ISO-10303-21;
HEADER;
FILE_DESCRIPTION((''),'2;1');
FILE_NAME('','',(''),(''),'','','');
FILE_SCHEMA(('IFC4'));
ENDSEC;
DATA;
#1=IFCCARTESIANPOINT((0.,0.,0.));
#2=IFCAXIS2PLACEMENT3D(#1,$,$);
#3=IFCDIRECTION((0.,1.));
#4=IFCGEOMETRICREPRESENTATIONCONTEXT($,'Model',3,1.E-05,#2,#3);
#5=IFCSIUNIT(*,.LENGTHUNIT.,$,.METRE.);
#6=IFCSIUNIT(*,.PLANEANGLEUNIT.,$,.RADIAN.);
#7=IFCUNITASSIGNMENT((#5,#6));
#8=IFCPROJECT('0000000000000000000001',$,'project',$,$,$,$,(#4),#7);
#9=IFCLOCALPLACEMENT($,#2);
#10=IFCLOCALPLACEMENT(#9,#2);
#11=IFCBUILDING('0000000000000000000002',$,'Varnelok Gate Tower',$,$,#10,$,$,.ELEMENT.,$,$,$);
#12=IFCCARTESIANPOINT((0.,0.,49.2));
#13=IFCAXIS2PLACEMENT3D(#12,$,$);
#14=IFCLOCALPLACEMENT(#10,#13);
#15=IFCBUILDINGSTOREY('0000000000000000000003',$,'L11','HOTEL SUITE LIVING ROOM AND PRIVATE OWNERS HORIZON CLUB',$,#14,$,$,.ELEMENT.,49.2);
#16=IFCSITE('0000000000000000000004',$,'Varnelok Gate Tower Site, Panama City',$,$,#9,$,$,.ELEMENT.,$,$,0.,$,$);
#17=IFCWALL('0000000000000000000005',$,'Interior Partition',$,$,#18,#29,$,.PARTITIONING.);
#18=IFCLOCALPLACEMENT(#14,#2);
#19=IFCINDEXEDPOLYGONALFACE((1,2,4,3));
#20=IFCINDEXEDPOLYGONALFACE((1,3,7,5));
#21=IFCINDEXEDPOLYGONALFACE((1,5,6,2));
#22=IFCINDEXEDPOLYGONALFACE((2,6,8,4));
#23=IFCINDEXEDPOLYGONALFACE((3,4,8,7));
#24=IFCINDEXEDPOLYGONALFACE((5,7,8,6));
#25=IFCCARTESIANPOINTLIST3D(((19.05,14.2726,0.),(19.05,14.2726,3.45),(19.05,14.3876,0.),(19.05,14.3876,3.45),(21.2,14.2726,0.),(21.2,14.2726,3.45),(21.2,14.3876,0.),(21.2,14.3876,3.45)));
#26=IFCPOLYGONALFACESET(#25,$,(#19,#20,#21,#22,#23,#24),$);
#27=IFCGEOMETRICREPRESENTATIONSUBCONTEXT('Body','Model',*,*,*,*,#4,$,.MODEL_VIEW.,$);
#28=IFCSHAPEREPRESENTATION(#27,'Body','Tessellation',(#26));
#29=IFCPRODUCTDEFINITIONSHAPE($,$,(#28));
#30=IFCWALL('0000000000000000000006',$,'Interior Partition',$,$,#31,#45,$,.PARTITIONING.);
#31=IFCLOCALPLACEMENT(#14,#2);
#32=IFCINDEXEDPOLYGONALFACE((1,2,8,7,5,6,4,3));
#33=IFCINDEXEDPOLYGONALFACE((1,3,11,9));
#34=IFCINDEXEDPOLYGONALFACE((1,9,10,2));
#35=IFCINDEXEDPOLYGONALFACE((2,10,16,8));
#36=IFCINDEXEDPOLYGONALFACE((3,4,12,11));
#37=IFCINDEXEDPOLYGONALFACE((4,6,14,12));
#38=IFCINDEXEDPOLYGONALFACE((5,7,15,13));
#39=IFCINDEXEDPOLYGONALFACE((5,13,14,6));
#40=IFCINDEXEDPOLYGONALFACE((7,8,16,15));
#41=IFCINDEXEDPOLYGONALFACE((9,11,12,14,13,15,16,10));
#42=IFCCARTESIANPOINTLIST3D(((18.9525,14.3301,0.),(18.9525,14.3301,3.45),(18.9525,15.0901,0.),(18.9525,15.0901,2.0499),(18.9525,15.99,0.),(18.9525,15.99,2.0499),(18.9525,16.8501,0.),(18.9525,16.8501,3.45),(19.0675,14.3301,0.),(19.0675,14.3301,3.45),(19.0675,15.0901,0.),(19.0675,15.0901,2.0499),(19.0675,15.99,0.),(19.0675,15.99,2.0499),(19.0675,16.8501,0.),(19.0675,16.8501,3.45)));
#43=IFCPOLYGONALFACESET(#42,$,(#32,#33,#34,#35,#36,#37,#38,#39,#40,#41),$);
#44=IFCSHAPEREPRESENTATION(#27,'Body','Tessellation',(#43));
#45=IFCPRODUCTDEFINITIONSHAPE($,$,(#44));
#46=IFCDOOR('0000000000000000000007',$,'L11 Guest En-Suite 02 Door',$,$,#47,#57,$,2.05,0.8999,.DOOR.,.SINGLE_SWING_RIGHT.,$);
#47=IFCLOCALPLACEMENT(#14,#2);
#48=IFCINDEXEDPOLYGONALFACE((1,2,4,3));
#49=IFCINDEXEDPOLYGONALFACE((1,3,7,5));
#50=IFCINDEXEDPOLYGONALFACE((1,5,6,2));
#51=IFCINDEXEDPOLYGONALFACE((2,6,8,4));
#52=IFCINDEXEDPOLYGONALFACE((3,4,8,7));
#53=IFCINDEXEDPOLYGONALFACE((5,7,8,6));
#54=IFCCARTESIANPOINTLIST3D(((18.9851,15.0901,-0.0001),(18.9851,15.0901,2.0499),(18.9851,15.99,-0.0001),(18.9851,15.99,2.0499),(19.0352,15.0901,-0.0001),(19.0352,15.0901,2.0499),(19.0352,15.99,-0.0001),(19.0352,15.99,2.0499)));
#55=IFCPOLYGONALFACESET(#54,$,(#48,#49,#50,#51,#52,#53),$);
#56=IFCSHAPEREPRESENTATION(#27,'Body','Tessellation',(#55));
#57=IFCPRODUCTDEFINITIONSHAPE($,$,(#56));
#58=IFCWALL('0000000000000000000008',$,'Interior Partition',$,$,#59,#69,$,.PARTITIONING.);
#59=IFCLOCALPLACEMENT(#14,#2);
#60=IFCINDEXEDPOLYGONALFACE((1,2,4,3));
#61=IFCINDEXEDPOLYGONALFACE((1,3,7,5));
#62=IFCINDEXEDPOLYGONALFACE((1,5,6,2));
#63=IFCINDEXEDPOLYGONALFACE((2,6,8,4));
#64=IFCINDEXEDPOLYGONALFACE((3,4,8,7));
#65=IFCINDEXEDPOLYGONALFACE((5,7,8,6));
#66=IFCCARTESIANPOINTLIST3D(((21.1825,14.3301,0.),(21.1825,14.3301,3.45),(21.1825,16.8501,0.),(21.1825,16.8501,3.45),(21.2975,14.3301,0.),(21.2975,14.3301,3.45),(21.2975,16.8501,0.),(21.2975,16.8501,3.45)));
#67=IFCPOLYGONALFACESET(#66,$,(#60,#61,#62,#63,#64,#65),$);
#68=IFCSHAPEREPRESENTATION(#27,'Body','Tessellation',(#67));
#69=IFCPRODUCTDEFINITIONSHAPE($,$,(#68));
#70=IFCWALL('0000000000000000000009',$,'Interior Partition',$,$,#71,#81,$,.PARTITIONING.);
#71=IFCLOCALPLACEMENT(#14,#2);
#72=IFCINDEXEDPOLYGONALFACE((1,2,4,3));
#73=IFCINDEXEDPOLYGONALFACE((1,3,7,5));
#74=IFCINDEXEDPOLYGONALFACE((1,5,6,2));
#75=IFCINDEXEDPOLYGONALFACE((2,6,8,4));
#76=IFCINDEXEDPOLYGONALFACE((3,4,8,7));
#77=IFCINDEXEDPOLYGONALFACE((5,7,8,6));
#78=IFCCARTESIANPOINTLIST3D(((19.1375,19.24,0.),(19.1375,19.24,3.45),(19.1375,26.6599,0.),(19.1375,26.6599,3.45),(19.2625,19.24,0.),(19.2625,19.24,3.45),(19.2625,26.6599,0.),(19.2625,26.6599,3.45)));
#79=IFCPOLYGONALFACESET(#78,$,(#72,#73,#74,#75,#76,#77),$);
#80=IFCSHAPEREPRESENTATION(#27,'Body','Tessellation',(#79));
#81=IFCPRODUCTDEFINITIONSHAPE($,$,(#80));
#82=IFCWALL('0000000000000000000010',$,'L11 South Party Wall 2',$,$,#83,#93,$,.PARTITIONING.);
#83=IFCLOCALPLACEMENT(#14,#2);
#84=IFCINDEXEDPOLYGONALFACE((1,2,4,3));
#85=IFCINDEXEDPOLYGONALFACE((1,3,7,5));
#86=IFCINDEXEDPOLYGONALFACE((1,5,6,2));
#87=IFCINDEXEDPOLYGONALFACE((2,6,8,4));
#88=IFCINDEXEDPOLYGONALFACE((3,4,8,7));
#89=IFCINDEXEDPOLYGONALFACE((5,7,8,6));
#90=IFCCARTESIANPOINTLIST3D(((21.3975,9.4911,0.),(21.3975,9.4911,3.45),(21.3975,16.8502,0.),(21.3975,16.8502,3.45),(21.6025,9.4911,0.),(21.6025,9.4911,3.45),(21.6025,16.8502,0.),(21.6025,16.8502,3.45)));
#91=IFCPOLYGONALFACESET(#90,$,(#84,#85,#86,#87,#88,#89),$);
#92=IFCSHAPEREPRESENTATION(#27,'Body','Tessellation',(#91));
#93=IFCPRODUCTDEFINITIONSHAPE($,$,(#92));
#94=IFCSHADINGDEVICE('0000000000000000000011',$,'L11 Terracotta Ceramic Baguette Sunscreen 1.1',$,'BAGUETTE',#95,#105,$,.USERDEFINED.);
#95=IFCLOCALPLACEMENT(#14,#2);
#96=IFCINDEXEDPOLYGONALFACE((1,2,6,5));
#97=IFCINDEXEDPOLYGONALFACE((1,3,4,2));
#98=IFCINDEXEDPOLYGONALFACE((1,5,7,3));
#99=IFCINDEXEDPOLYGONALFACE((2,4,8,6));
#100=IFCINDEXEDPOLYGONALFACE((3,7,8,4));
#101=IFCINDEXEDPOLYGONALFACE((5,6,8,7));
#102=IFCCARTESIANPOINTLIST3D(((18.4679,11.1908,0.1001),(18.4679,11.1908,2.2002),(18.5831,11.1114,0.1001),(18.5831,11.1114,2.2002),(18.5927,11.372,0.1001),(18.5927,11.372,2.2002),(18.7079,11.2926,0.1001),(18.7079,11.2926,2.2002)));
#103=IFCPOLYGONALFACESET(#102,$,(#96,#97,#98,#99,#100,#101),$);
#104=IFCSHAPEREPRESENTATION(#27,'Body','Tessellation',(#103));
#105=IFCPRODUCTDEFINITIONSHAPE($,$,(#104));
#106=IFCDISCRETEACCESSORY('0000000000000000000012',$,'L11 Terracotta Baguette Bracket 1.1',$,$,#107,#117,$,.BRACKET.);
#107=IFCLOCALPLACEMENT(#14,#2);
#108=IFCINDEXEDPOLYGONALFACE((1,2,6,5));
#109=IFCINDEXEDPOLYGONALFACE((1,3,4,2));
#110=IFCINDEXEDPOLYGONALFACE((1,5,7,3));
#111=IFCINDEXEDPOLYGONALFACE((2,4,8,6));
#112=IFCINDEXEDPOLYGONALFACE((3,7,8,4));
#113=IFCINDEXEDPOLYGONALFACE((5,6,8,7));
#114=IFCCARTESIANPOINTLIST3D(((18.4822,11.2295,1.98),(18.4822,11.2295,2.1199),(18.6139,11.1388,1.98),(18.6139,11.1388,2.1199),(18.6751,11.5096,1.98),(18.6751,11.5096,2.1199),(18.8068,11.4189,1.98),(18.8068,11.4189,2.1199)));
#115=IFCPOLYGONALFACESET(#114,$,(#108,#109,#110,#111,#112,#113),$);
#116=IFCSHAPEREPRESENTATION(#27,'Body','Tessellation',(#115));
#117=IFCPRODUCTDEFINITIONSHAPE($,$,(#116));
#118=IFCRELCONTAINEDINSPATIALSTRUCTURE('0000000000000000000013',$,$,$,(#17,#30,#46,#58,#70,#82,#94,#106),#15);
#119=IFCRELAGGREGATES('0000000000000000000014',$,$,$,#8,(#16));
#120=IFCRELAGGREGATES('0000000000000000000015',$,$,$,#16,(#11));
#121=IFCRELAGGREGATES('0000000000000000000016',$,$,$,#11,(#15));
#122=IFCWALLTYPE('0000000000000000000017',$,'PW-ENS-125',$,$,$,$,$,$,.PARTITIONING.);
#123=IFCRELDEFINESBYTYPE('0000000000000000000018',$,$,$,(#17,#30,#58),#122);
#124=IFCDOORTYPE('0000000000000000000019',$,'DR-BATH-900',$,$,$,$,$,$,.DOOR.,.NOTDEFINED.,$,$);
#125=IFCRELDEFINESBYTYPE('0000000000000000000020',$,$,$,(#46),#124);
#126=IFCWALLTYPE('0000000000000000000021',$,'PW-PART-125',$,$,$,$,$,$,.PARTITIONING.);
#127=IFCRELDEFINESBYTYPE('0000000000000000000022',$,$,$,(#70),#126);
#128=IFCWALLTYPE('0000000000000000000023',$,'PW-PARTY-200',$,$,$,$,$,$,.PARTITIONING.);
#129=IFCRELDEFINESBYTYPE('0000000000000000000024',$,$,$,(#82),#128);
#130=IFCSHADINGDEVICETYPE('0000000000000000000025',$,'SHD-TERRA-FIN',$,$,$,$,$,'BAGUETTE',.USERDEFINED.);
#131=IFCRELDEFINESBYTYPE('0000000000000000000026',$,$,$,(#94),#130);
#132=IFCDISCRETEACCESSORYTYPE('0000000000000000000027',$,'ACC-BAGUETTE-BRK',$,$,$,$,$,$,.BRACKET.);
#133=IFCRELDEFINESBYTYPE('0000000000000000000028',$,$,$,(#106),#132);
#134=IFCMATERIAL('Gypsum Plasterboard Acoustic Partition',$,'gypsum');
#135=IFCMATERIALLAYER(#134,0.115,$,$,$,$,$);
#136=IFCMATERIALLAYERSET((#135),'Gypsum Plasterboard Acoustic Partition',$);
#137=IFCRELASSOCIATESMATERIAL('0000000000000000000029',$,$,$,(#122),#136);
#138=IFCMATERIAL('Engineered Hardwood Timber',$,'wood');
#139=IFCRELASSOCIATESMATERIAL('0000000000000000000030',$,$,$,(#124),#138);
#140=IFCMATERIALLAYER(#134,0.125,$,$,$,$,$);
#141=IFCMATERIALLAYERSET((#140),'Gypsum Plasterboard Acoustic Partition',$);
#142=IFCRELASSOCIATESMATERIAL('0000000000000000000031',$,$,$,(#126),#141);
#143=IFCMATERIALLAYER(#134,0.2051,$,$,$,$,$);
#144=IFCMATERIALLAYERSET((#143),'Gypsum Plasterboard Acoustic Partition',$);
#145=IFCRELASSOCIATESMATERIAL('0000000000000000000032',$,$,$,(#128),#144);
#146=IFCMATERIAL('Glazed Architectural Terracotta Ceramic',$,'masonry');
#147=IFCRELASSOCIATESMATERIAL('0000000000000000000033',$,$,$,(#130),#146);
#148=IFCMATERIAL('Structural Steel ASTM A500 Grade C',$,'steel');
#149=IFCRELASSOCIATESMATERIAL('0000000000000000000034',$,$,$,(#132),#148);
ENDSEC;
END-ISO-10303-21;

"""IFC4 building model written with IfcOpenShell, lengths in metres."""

from ifc_helpers import new_model, si_unit, direction, frame, frame_2d, origin, origin_2d, place, context, subcontext, project, spatial, rectangle, extrude, source, transform, mapped, material, layer, layer_set, type_object, element, fill, save


model = new_model("IFC4")

# Units and contexts
model_context = context("Model", 3, precision=1e-05, world=origin(), true_north=direction((0.0, 1.0)))
body_context = subcontext(model_context, "Body", "Model", "MODEL_VIEW")
ifc_project = project(units=[si_unit("LENGTHUNIT", "METRE"), si_unit("PLANEANGLEUNIT", "RADIAN")], contexts=[model_context])

# Site, building, storey
site_placement = place(None, origin())
site = spatial("IfcSite", under=ifc_project, at=site_placement, Name="Varnelok Gate Tower Site, Panama City", CompositionType="ELEMENT", RefElevation=0.0)
building_placement = place(site_placement, origin())
building = spatial("IfcBuilding", under=site, at=building_placement, Name="Varnelok Gate Tower", CompositionType="ELEMENT")
storey_placement = place(building_placement, frame((0.0, 0.0, 49.2)))
storey = spatial("IfcBuildingStorey", under=building, at=storey_placement, Name="L11", Description="HOTEL SUITE LIVING ROOM AND PRIVATE OWNERS HORIZON CLUB", CompositionType="ELEMENT", Elevation=49.2)

# Shared definitions
ifc_material_1 = material(Name="Gypsum Plasterboard Acoustic Partition", Category="gypsum")
ifc_material_2 = material(Name="Engineered Hardwood Timber", Category="wood")

# Wall
ifc_layer_1 = layer(ifc_material_1, 0.115)
ifc_layer_set_1 = layer_set([ifc_layer_1], Name="Gypsum Plasterboard Acoustic Partition")
wall_type_1 = type_object("IfcWallType", Name="PW-ENS-125", PredefinedType="PARTITIONING", material=ifc_layer_set_1)
wall_1_placement = place(storey_placement, frame((19.05, 14.3301, 0.0), z_axis=(0.0, 0.0, 1.0), x_axis=(1.0, 0.0, 0.0)))
element("IfcWall", 1, at=wall_1_placement, inside=storey, type_object=wall_type_1, Name="Interior Partition", PredefinedType="PARTITIONING", context=body_context, shape_type="SweptSolid", body=[
    extrude(rectangle(XDim=2.1499, YDim=0.115, at=frame_2d((1.075, 0.0))), origin(), (0.0, 0.0, 1.0), 3.45),
])

# Wall, opening, door
wall_2_placement = place(storey_placement, frame((19.01, 14.3301, 0.0), z_axis=(0.0, 0.0, 1.0), x_axis=(0.0, 1.0, 0.0)))
wall_2 = element("IfcWall", 2, at=wall_2_placement, inside=storey, type_object=wall_type_1, Name="Interior Partition", PredefinedType="PARTITIONING", context=body_context, shape_type="SweptSolid", body=[
    extrude(rectangle(XDim=2.52, YDim=0.115, at=frame_2d((1.26, 0.0))), origin(), (0.0, 0.0, 1.0), 3.45),
])
opening_1_placement = place(wall_2_placement, frame((0.76, 0.0, 0.0)))
opening_1 = element("IfcOpeningElement", 3, at=opening_1_placement, cuts=wall_2, PredefinedType="OPENING", context=body_context, shape_type="SweptSolid", body=[
    extrude(rectangle(XDim=0.8999, YDim=2.05, at=frame_2d((0.45, 1.0249))), frame((0.0, 0.0674, 0.0), z_axis=(0.0, -1.0, 0.0), x_axis=(1.0, 0.0, 0.0)), (0.0, 0.0, 1.0), 0.135),
])
door_type_1 = type_object("IfcDoorType", Name="DR-BATH-900", OperationType="NOTDEFINED", PredefinedType="DOOR", material=ifc_material_2)
door_1_placement = place(opening_1_placement, origin())
door_1 = element("IfcDoor", 4, at=door_1_placement, inside=storey, type_object=door_type_1, Name="L11 Guest En-Suite 02 Door", OperationType="SINGLE_SWING_RIGHT", OverallHeight=2.05, OverallWidth=0.8999, PredefinedType="DOOR", context=body_context, shape_type="SweptSolid", body=[
    extrude(rectangle(XDim=0.8999, YDim=2.05, at=frame_2d((0.45, 1.0249))), frame((0.0, 0.0249, 0.0), z_axis=(0.0, -1.0, 0.0), x_axis=(1.0, 0.0, 0.0)), (0.0, 0.0, 1.0), 0.05),
])
fill(opening_1, door_1)

# Walls
wall_3_placement = place(storey_placement, frame((21.24, 14.3301, 0.0), z_axis=(0.0, 0.0, 1.0), x_axis=(0.0, 1.0, 0.0)))
element("IfcWall", 5, at=wall_3_placement, inside=storey, type_object=wall_type_1, Name="Interior Partition", PredefinedType="PARTITIONING", context=body_context, shape_type="SweptSolid", body=[
    extrude(rectangle(XDim=2.52, YDim=0.115, at=frame_2d((1.26, 0.0))), origin(), (0.0, 0.0, 1.0), 3.45),
])
ifc_layer_2 = layer(ifc_material_1, 0.125)
ifc_layer_set_2 = layer_set([ifc_layer_2], Name="Gypsum Plasterboard Acoustic Partition")
wall_type_2 = type_object("IfcWallType", Name="PW-PART-125", PredefinedType="PARTITIONING", material=ifc_layer_set_2)
wall_4_placement = place(storey_placement, frame((19.2, 19.24, 0.0), z_axis=(0.0, 0.0, 1.0), x_axis=(0.0, 1.0, 0.0)))
element("IfcWall", 6, at=wall_4_placement, inside=storey, type_object=wall_type_2, Name="Interior Partition", PredefinedType="PARTITIONING", context=body_context, shape_type="SweptSolid", body=[
    extrude(rectangle(XDim=7.4199, YDim=0.125, at=frame_2d((3.71, 0.0))), origin(), (0.0, 0.0, 1.0), 3.45),
])
ifc_layer_3 = layer(ifc_material_1, 0.2051)
ifc_layer_set_3 = layer_set([ifc_layer_3], Name="Gypsum Plasterboard Acoustic Partition")
wall_type_3 = type_object("IfcWallType", Name="PW-PARTY-200", PredefinedType="PARTITIONING", material=ifc_layer_set_3)
wall_5_placement = place(storey_placement, frame((21.5, 9.491, 0.0), z_axis=(0.0, 0.0, 1.0), x_axis=(0.0, 1.0, 0.0)))
element("IfcWall", 7, at=wall_5_placement, inside=storey, type_object=wall_type_3, Name="L11 South Party Wall 2", PredefinedType="PARTITIONING", context=body_context, shape_type="SweptSolid", body=[
    extrude(rectangle(XDim=7.3591, YDim=0.2051, at=frame_2d((3.6797, 0.0))), origin(), (0.0, 0.0, 1.0), 3.45),
])

# Shading device
ifc_material_3 = material(Name="Glazed Architectural Terracotta Ceramic", Category="masonry")
shading_device_type = type_object("IfcShadingDeviceType", Name="SHD-TERRA-FIN", ElementType="BAGUETTE", PredefinedType="USERDEFINED", material=ifc_material_3)
shared_shape_1 = source(origin(), body_context, "Body", "SweptSolid", [
    extrude(rectangle(XDim=0.1399, YDim=0.22, at=origin_2d()), origin(), (0.0, 0.0, 1.0), 2.1001),
])
shading_device_placement = place(storey_placement, frame((18.5879, 11.2417, 0.1001), z_axis=(0.0, 0.0, 1.0), x_axis=(0.823533, -0.567269, 0.0)))
element("IfcShadingDevice", 8, at=shading_device_placement, inside=storey, type_object=shading_device_type, Name="L11 Terracotta Ceramic Baguette Sunscreen 1.1", ObjectType="BAGUETTE", PredefinedType="USERDEFINED", context=body_context, shape_type="MappedRepresentation", body=[
    mapped(shared_shape_1, transform((0.0, 0.0, 0.0), scale=1.0)),
])

# Discrete accessory
ifc_material_4 = material(Name="Structural Steel ASTM A500 Grade C", Category="steel")
discrete_accessory_type = type_object("IfcDiscreteAccessoryType", Name="ACC-BAGUETTE-BRK", PredefinedType="BRACKET", material=ifc_material_4)
shared_shape_2 = source(origin(), body_context, "Body", "SweptSolid", [
    extrude(rectangle(XDim=0.1599, YDim=0.3401, at=origin_2d()), origin(), (0.0, 0.0, 1.0), 0.1399),
])
discrete_accessory_placement = place(storey_placement, frame((18.6445, 11.3242, 1.98), z_axis=(0.0, 0.0, 1.0), x_axis=(0.823533, -0.567269, 0.0)))
element("IfcDiscreteAccessory", 9, at=discrete_accessory_placement, inside=storey, type_object=discrete_accessory_type, Name="L11 Terracotta Baguette Bracket 1.1", PredefinedType="BRACKET", context=body_context, shape_type="MappedRepresentation", body=[
    mapped(shared_shape_2, transform((0.0, 0.0, 0.0), scale=1.0)),
])

save(model, "model.ifc")
